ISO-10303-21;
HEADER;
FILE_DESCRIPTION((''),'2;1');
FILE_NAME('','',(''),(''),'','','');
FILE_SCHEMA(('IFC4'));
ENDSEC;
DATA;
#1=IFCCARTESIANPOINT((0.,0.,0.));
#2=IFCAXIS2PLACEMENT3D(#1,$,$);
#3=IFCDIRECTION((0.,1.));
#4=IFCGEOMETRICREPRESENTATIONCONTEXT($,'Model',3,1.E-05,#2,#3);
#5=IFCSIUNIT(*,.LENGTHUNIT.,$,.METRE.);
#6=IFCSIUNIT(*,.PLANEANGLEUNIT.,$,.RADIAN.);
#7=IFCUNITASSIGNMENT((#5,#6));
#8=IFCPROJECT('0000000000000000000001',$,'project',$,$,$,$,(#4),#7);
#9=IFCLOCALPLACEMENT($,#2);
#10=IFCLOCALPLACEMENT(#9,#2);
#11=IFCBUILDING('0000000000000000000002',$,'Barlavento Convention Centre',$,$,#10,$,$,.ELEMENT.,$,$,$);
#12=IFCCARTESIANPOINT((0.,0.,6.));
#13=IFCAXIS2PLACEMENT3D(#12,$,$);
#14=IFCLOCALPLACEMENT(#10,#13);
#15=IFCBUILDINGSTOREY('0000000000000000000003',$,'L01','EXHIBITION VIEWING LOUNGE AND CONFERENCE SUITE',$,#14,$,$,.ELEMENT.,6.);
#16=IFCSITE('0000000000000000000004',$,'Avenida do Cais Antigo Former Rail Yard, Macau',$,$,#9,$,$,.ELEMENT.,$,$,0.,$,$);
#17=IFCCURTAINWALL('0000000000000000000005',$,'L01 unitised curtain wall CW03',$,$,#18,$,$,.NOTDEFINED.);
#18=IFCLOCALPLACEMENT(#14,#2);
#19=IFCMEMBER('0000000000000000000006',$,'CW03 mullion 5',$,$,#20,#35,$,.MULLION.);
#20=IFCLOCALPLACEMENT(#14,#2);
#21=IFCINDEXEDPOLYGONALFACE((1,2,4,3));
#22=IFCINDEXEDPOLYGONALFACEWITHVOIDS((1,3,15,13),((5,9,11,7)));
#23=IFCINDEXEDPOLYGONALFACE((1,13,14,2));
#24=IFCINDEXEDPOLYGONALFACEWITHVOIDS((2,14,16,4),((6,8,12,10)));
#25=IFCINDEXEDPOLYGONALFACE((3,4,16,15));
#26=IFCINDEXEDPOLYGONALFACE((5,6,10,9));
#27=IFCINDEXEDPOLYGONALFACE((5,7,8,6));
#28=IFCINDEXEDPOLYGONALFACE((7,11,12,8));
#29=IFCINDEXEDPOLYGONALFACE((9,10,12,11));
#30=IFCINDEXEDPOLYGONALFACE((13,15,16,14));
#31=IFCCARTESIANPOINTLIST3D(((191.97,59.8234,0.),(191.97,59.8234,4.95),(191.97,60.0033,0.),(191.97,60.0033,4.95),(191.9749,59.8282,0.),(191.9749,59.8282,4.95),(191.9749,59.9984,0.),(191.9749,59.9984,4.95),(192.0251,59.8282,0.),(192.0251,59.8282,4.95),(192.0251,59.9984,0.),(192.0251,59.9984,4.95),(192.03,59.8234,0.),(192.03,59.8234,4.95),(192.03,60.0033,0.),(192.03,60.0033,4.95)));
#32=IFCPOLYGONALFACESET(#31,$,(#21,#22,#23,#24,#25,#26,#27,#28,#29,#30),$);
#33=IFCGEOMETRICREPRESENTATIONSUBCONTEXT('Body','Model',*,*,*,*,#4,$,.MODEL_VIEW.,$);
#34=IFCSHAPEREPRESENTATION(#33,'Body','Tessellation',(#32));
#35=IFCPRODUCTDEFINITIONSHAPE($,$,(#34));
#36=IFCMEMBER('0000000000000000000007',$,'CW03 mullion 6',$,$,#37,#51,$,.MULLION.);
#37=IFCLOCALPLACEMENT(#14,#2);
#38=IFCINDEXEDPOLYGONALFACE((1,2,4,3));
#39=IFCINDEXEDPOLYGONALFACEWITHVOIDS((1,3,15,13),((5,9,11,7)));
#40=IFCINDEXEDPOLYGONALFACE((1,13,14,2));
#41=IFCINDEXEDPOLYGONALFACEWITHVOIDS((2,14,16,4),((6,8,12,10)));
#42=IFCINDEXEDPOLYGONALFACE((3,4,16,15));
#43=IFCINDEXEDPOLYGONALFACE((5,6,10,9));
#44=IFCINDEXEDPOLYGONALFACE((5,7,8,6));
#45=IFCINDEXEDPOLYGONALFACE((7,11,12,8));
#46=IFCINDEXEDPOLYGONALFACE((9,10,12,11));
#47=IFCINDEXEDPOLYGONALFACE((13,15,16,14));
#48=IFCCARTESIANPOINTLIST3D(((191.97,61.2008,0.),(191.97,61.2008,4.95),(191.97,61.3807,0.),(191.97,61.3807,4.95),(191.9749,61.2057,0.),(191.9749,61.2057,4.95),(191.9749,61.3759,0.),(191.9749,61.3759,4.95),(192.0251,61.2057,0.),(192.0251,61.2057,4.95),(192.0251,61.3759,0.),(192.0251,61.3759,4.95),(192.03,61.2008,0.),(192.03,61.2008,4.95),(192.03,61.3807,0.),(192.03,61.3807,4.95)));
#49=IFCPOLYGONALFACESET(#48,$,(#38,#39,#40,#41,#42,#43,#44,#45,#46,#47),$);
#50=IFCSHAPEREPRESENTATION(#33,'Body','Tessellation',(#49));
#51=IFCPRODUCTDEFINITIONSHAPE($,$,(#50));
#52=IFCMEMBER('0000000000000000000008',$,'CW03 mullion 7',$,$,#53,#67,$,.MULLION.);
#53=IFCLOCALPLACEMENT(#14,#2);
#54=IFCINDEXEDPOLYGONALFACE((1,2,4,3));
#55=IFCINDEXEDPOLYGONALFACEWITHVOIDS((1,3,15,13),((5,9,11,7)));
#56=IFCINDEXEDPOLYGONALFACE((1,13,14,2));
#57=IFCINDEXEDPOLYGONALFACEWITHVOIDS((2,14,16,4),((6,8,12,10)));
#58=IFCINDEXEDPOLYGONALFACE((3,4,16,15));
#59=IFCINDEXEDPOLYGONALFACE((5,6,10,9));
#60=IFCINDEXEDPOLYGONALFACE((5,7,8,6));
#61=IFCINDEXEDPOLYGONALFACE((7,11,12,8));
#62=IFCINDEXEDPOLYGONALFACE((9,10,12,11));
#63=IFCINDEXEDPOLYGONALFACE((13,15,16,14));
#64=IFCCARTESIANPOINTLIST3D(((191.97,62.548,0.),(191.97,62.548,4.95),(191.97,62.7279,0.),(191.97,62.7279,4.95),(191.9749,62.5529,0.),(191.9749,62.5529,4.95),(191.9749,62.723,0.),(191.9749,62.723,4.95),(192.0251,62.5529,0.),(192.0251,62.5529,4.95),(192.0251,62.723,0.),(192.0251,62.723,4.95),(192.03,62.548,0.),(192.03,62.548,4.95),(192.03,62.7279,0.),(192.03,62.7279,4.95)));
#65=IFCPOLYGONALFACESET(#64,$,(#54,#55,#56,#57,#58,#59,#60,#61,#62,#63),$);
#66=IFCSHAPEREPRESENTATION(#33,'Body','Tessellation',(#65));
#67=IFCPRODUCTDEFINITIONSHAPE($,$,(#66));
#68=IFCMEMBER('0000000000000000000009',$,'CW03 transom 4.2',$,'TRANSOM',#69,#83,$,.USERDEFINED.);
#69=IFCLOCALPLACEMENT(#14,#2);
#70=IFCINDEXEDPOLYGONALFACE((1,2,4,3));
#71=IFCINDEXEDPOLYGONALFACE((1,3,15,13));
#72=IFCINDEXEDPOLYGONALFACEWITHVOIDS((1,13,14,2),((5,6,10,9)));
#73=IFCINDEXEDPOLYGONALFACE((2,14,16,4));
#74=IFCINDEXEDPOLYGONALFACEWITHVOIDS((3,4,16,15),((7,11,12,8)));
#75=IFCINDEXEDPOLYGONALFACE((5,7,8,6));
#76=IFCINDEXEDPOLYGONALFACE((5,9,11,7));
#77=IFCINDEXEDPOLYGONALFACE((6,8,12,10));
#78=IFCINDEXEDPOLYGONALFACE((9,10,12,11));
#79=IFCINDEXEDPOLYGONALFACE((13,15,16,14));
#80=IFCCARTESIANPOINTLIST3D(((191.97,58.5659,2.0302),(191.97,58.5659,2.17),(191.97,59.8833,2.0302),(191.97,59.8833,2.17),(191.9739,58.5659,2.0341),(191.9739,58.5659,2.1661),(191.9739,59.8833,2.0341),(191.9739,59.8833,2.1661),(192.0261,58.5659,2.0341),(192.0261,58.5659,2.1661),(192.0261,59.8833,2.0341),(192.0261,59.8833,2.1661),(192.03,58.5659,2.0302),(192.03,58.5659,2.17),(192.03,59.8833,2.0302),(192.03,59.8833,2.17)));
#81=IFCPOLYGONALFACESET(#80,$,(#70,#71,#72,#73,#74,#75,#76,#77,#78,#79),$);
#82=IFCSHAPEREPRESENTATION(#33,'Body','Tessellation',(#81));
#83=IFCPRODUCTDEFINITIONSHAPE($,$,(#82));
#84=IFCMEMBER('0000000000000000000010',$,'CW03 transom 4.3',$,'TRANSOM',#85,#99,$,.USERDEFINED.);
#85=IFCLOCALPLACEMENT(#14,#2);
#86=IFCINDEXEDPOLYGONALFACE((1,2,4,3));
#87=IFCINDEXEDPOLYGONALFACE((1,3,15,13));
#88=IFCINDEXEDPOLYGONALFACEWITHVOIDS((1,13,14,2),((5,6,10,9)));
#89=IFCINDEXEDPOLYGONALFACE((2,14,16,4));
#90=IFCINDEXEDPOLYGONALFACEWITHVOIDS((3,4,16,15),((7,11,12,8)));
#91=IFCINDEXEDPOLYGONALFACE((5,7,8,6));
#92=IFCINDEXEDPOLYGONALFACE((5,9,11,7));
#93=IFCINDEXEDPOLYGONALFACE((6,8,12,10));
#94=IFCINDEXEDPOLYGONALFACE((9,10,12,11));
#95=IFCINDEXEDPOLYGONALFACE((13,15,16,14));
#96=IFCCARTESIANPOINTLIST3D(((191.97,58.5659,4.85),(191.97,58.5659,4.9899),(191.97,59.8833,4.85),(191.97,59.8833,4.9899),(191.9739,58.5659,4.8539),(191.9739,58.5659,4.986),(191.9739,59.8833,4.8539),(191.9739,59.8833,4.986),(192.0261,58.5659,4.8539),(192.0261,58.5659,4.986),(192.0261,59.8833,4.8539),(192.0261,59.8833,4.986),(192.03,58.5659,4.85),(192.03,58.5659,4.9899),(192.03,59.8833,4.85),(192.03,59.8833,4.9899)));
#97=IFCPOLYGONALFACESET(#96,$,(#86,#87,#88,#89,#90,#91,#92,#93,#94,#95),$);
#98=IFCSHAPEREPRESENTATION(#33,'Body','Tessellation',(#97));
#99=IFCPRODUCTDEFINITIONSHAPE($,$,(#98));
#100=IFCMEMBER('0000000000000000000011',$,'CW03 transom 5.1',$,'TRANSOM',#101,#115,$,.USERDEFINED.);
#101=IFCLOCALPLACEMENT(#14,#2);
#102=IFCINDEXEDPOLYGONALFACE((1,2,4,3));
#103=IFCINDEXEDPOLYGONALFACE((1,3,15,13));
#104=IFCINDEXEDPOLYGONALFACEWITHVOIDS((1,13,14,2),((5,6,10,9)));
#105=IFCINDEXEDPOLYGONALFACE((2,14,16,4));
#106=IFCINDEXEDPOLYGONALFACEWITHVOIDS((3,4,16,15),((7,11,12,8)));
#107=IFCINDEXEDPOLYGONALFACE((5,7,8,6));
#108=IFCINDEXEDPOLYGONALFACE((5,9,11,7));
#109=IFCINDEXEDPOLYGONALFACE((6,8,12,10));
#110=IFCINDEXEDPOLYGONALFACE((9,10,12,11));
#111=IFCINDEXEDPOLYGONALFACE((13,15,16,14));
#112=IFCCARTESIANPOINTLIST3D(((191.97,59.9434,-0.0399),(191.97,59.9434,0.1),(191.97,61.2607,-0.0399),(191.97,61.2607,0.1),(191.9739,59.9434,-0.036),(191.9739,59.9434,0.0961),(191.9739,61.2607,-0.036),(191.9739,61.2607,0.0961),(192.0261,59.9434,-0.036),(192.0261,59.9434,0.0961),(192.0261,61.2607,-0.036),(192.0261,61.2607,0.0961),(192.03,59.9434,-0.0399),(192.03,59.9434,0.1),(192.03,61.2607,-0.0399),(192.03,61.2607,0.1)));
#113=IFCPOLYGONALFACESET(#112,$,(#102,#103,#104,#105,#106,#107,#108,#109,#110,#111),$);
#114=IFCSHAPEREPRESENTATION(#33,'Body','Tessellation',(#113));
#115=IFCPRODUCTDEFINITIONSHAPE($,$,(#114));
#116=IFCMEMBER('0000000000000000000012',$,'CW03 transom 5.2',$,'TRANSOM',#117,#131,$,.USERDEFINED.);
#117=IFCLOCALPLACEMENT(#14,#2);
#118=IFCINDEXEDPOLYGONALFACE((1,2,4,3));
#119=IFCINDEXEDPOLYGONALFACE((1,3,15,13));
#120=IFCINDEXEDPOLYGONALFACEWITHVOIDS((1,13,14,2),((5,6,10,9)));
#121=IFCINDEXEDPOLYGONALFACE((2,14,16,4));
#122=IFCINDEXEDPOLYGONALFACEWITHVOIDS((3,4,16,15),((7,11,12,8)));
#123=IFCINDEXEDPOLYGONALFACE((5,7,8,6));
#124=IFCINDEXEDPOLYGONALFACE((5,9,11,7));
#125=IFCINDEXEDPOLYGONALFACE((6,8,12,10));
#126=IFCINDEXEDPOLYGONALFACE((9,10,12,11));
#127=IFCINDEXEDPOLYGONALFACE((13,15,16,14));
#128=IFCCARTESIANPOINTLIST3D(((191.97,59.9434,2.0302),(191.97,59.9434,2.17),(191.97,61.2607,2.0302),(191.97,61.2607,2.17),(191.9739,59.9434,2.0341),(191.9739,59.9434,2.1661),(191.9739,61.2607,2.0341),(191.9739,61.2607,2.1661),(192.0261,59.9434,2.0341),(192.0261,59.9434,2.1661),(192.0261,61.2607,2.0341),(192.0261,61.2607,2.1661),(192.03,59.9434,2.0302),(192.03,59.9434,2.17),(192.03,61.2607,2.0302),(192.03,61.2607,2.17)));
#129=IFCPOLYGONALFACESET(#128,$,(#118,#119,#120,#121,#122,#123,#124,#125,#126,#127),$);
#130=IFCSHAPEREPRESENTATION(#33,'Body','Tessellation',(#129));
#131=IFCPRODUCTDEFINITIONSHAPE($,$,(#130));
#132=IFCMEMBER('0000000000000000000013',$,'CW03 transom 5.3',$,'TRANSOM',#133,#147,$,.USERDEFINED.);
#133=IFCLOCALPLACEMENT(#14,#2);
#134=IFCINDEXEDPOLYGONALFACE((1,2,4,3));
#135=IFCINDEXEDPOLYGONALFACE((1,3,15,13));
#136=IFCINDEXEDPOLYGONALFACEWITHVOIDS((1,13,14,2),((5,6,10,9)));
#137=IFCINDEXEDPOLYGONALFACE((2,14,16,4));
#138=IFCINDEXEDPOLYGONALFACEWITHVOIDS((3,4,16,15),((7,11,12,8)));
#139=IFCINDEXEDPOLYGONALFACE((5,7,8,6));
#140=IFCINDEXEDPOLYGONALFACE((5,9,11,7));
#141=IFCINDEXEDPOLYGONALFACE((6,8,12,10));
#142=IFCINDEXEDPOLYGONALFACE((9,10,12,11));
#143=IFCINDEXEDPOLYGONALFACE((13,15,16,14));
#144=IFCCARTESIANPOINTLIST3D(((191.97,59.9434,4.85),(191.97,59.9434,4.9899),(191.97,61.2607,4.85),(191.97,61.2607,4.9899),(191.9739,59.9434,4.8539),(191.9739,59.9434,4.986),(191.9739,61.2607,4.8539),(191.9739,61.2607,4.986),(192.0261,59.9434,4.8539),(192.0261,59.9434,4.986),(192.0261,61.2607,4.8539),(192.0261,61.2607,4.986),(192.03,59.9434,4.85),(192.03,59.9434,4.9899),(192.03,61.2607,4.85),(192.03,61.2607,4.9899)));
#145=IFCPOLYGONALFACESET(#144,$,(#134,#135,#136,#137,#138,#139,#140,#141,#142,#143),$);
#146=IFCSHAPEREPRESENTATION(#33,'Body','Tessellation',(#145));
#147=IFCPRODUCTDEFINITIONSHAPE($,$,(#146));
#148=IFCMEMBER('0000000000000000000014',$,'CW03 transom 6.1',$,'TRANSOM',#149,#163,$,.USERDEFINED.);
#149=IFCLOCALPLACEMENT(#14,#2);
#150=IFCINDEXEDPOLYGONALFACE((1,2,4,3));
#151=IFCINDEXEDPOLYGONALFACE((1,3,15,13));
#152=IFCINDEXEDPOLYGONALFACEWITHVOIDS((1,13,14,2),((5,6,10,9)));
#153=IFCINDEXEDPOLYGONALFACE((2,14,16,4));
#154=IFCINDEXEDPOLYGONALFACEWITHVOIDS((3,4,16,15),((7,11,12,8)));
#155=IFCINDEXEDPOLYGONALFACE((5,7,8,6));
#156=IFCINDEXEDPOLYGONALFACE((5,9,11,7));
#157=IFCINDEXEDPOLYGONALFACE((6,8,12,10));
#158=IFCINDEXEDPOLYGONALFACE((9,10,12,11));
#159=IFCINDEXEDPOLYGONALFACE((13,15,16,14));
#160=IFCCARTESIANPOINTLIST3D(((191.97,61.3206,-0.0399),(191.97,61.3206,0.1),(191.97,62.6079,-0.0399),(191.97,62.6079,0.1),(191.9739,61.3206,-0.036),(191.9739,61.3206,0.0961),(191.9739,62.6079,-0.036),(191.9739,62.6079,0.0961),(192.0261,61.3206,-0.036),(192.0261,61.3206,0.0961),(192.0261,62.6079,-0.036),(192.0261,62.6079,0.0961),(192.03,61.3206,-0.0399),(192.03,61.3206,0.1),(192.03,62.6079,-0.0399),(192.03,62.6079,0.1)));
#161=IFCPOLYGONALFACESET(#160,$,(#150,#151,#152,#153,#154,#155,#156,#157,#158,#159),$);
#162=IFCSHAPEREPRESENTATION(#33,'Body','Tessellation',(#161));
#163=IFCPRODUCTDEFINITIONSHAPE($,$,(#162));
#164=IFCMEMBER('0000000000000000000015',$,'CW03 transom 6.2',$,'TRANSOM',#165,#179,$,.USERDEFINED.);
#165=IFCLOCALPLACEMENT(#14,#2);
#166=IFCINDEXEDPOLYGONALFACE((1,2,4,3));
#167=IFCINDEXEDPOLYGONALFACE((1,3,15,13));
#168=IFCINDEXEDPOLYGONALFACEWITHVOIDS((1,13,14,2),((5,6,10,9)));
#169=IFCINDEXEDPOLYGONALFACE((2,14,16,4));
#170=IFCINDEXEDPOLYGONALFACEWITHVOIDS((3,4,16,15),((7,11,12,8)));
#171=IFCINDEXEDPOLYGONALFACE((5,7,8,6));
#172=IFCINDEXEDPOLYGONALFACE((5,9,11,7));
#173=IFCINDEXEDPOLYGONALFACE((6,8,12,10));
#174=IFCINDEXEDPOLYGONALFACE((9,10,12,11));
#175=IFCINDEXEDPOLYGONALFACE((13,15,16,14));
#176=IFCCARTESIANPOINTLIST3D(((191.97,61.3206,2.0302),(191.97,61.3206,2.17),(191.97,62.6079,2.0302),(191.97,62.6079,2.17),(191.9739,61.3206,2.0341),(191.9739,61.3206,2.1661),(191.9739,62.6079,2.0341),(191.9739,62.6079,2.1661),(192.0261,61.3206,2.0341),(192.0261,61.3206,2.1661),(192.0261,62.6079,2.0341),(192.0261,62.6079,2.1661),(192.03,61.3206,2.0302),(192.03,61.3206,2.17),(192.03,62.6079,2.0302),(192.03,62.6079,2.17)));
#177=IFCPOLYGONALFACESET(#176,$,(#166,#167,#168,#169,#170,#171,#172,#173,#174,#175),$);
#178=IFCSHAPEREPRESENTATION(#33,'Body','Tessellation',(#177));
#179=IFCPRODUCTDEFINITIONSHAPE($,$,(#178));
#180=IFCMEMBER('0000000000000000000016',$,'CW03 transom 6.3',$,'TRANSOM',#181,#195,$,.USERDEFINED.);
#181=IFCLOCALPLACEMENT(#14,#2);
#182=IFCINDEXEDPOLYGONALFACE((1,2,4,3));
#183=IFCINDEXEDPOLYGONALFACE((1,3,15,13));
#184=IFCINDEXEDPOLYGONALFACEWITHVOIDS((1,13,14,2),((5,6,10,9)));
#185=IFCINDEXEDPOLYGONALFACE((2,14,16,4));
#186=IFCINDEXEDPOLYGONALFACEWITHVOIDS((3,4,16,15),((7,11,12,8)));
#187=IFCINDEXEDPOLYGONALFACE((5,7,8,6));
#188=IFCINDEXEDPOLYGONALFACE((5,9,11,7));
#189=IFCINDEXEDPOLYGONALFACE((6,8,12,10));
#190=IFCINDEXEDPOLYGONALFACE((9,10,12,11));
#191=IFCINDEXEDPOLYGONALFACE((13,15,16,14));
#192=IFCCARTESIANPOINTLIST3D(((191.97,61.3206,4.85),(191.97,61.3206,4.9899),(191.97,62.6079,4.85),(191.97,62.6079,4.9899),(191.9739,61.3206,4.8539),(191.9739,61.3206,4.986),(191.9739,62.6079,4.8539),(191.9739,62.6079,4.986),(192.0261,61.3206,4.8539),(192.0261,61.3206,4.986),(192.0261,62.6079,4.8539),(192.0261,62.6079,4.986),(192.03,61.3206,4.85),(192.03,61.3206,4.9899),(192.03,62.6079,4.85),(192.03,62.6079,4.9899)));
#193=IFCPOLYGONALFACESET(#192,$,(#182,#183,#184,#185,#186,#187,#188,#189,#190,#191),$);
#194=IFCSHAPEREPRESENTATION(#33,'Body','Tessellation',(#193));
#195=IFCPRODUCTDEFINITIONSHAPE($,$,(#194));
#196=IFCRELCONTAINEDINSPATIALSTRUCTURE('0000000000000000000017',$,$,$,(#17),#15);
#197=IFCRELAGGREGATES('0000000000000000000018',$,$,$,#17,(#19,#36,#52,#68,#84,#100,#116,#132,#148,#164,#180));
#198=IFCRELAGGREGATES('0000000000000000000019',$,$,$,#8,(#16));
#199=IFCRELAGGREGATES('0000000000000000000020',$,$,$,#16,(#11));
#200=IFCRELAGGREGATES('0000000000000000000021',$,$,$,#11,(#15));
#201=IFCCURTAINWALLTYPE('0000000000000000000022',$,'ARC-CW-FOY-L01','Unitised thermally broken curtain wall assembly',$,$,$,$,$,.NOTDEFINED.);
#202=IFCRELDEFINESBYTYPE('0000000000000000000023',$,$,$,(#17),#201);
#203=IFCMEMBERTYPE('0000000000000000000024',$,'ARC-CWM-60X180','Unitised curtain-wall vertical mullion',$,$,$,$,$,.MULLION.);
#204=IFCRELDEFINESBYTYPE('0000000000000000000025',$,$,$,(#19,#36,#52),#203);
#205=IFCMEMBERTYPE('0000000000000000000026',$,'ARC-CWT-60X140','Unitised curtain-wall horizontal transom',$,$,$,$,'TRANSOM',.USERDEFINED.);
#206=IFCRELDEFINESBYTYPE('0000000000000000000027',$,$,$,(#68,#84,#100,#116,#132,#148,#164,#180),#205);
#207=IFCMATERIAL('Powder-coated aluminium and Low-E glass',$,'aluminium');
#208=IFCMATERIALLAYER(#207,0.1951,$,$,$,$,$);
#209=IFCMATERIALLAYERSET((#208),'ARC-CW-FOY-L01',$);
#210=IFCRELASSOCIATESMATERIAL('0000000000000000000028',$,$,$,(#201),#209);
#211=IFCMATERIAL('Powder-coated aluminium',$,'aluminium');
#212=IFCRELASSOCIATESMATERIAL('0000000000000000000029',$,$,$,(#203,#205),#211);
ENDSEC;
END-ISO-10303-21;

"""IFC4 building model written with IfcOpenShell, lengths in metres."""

from ifc_helpers import new_model, si_unit, direction, frame, origin, origin_2d, place, context, subcontext, project, spatial, hollow_rectangle, extrude, material, layer, layer_set, material_profile, profile_set, type_object, element, aggregate, save


model = new_model("IFC4")

# Units and contexts
model_context = context("Model", 3, precision=1e-05, world=origin(), true_north=direction((0.0, 1.0)))
body_context = subcontext(model_context, "Body", "Model", "MODEL_VIEW")
ifc_project = project(units=[si_unit("LENGTHUNIT", "METRE"), si_unit("PLANEANGLEUNIT", "RADIAN")], contexts=[model_context])

# Site, building, storey
site_placement = place(None, origin())
site = spatial("IfcSite", under=ifc_project, at=site_placement, Name="Avenida do Cais Antigo Former Rail Yard, Macau", CompositionType="ELEMENT", RefElevation=0.0)
building_placement = place(site_placement, origin())
building = spatial("IfcBuilding", under=site, at=building_placement, Name="Barlavento Convention Centre", CompositionType="ELEMENT")
storey_placement = place(building_placement, frame((0.0, 0.0, 6.0)))
storey = spatial("IfcBuildingStorey", under=building, at=storey_placement, Name="L01", Description="EXHIBITION VIEWING LOUNGE AND CONFERENCE SUITE", CompositionType="ELEMENT", Elevation=6.0)

# Curtain wall, members
ifc_material_1 = material(Name="Powder-coated aluminium and Low-E glass", Category="aluminium")
ifc_layer_1 = layer(ifc_material_1, 0.1951)
ifc_layer_set_1 = layer_set([ifc_layer_1], Name="ARC-CW-FOY-L01")
curtain_wall_type = type_object("IfcCurtainWallType", Name="ARC-CW-FOY-L01", Description="Unitised thermally broken curtain wall assembly", PredefinedType="NOTDEFINED", material=ifc_layer_set_1)
curtain_wall_placement = place(storey_placement, origin())
curtain_wall = element("IfcCurtainWall", 1, at=curtain_wall_placement, inside=storey, type_object=curtain_wall_type, Name="L01 unitised curtain wall CW03", PredefinedType="NOTDEFINED")
ifc_material_2 = material(Name="Powder-coated aluminium", Category="aluminium")
ifc_material_profile_1 = material_profile(ifc_material_2, hollow_rectangle(XDim=0.0601, YDim=0.1799, WallThickness=0.0049, at=origin_2d()), Name="AL-MULL 60x180x5")
ifc_profile_set_1 = profile_set([ifc_material_profile_1], Name="Powder-coated aluminium")
member_type_1 = type_object("IfcMemberType", Name="ARC-CWM-60X180", Description="Unitised curtain-wall vertical mullion", PredefinedType="MULLION", material=ifc_profile_set_1)
member_1_placement = place(storey_placement, frame((192.0, 59.9133, 0.0), z_axis=(0.0, 0.0, 1.0), x_axis=(-1.0, 0.0, 0.0)))
member_1 = element("IfcMember", 2, at=member_1_placement, type_object=member_type_1, Name="CW03 mullion 5", PredefinedType="MULLION", context=body_context, shape_type="SweptSolid", body=[
    extrude(hollow_rectangle(XDim=0.0601, YDim=0.1799, WallThickness=0.0049, at=origin_2d()), origin(), (0.0, 0.0, 1.0), 4.95),
])
member_2_placement = place(storey_placement, frame((192.0, 61.2908, 0.0), z_axis=(0.0, 0.0, 1.0), x_axis=(-1.0, 0.0, 0.0)))
member_2 = element("IfcMember", 3, at=member_2_placement, type_object=member_type_1, Name="CW03 mullion 6", PredefinedType="MULLION", context=body_context, shape_type="SweptSolid", body=[
    extrude(hollow_rectangle(XDim=0.0601, YDim=0.1799, WallThickness=0.0049, at=origin_2d()), origin(), (0.0, 0.0, 1.0), 4.95),
])
member_3_placement = place(storey_placement, frame((192.0, 62.6379, 0.0), z_axis=(0.0, 0.0, 1.0), x_axis=(-1.0, 0.0, 0.0)))
member_3 = element("IfcMember", 4, at=member_3_placement, type_object=member_type_1, Name="CW03 mullion 7", PredefinedType="MULLION", context=body_context, shape_type="SweptSolid", body=[
    extrude(hollow_rectangle(XDim=0.0601, YDim=0.1799, WallThickness=0.0049, at=origin_2d()), origin(), (0.0, 0.0, 1.0), 4.95),
])
ifc_material_profile_2 = material_profile(ifc_material_2, hollow_rectangle(XDim=0.0601, YDim=0.1399, WallThickness=0.0039, at=origin_2d()), Name="AL-TRAN 60x140x4")
ifc_profile_set_2 = profile_set([ifc_material_profile_2], Name="Powder-coated aluminium")
member_type_2 = type_object("IfcMemberType", Name="ARC-CWT-60X140", Description="Unitised curtain-wall horizontal transom", ElementType="TRANSOM", PredefinedType="USERDEFINED", material=ifc_profile_set_2)
member_4_placement = place(storey_placement, frame((192.0, 58.5659, 2.1001), z_axis=(0.0, 1.0, 0.0), x_axis=(-1.0, 0.0, 0.0)))
member_4 = element("IfcMember", 5, at=member_4_placement, type_object=member_type_2, Name="CW03 transom 4.2", ObjectType="TRANSOM", PredefinedType="USERDEFINED", context=body_context, shape_type="SweptSolid", body=[
    extrude(hollow_rectangle(XDim=0.0601, YDim=0.1399, WallThickness=0.0039, at=origin_2d()), origin(), (0.0, 0.0, 1.0), 1.3174),
])
member_5_placement = place(storey_placement, frame((192.0, 58.5659, 4.9199), z_axis=(0.0, 1.0, 0.0), x_axis=(-1.0, 0.0, 0.0)))
member_5 = element("IfcMember", 6, at=member_5_placement, type_object=member_type_2, Name="CW03 transom 4.3", ObjectType="TRANSOM", PredefinedType="USERDEFINED", context=body_context, shape_type="SweptSolid", body=[
    extrude(hollow_rectangle(XDim=0.0601, YDim=0.1399, WallThickness=0.0039, at=origin_2d()), origin(), (0.0, 0.0, 1.0), 1.3174),
])
member_6_placement = place(storey_placement, frame((192.0, 59.9434, 0.03), z_axis=(0.0, 1.0, 0.0), x_axis=(-1.0, 0.0, 0.0)))
member_6 = element("IfcMember", 7, at=member_6_placement, type_object=member_type_2, Name="CW03 transom 5.1", ObjectType="TRANSOM", PredefinedType="USERDEFINED", context=body_context, shape_type="SweptSolid", body=[
    extrude(hollow_rectangle(XDim=0.0601, YDim=0.1399, WallThickness=0.0039, at=origin_2d()), origin(), (0.0, 0.0, 1.0), 1.3174),
])
member_7_placement = place(storey_placement, frame((192.0, 59.9434, 2.1001), z_axis=(0.0, 1.0, 0.0), x_axis=(-1.0, 0.0, 0.0)))
member_7 = element("IfcMember", 8, at=member_7_placement, type_object=member_type_2, Name="CW03 transom 5.2", ObjectType="TRANSOM", PredefinedType="USERDEFINED", context=body_context, shape_type="SweptSolid", body=[
    extrude(hollow_rectangle(XDim=0.0601, YDim=0.1399, WallThickness=0.0039, at=origin_2d()), origin(), (0.0, 0.0, 1.0), 1.3174),
])
member_8_placement = place(storey_placement, frame((192.0, 59.9434, 4.9199), z_axis=(0.0, 1.0, 0.0), x_axis=(-1.0, 0.0, 0.0)))
member_8 = element("IfcMember", 9, at=member_8_placement, type_object=member_type_2, Name="CW03 transom 5.3", ObjectType="TRANSOM", PredefinedType="USERDEFINED", context=body_context, shape_type="SweptSolid", body=[
    extrude(hollow_rectangle(XDim=0.0601, YDim=0.1399, WallThickness=0.0039, at=origin_2d()), origin(), (0.0, 0.0, 1.0), 1.3174),
])
member_9_placement = place(storey_placement, frame((192.0, 61.3206, 0.03), z_axis=(0.0, 1.0, 0.0), x_axis=(-1.0, 0.0, 0.0)))
member_9 = element("IfcMember", 10, at=member_9_placement, type_object=member_type_2, Name="CW03 transom 6.1", ObjectType="TRANSOM", PredefinedType="USERDEFINED", context=body_context, shape_type="SweptSolid", body=[
    extrude(hollow_rectangle(XDim=0.0601, YDim=0.1399, WallThickness=0.0039, at=origin_2d()), origin(), (0.0, 0.0, 1.0), 1.2874),
])
member_10_placement = place(storey_placement, frame((192.0, 61.3206, 2.1001), z_axis=(0.0, 1.0, 0.0), x_axis=(-1.0, 0.0, 0.0)))
member_10 = element("IfcMember", 11, at=member_10_placement, type_object=member_type_2, Name="CW03 transom 6.2", ObjectType="TRANSOM", PredefinedType="USERDEFINED", context=body_context, shape_type="SweptSolid", body=[
    extrude(hollow_rectangle(XDim=0.0601, YDim=0.1399, WallThickness=0.0039, at=origin_2d()), origin(), (0.0, 0.0, 1.0), 1.2874),
])
member_11_placement = place(storey_placement, frame((192.0, 61.3206, 4.9199), z_axis=(0.0, 1.0, 0.0), x_axis=(-1.0, 0.0, 0.0)))
member_11 = element("IfcMember", 12, at=member_11_placement, type_object=member_type_2, Name="CW03 transom 6.3", ObjectType="TRANSOM", PredefinedType="USERDEFINED", context=body_context, shape_type="SweptSolid", body=[
    extrude(hollow_rectangle(XDim=0.0601, YDim=0.1399, WallThickness=0.0039, at=origin_2d()), origin(), (0.0, 0.0, 1.0), 1.2874),
])
aggregate(curtain_wall, [member_1, member_2, member_3, member_4, member_5, member_6, member_7, member_8, member_9, member_10, member_11])

save(model, "model.ifc")
